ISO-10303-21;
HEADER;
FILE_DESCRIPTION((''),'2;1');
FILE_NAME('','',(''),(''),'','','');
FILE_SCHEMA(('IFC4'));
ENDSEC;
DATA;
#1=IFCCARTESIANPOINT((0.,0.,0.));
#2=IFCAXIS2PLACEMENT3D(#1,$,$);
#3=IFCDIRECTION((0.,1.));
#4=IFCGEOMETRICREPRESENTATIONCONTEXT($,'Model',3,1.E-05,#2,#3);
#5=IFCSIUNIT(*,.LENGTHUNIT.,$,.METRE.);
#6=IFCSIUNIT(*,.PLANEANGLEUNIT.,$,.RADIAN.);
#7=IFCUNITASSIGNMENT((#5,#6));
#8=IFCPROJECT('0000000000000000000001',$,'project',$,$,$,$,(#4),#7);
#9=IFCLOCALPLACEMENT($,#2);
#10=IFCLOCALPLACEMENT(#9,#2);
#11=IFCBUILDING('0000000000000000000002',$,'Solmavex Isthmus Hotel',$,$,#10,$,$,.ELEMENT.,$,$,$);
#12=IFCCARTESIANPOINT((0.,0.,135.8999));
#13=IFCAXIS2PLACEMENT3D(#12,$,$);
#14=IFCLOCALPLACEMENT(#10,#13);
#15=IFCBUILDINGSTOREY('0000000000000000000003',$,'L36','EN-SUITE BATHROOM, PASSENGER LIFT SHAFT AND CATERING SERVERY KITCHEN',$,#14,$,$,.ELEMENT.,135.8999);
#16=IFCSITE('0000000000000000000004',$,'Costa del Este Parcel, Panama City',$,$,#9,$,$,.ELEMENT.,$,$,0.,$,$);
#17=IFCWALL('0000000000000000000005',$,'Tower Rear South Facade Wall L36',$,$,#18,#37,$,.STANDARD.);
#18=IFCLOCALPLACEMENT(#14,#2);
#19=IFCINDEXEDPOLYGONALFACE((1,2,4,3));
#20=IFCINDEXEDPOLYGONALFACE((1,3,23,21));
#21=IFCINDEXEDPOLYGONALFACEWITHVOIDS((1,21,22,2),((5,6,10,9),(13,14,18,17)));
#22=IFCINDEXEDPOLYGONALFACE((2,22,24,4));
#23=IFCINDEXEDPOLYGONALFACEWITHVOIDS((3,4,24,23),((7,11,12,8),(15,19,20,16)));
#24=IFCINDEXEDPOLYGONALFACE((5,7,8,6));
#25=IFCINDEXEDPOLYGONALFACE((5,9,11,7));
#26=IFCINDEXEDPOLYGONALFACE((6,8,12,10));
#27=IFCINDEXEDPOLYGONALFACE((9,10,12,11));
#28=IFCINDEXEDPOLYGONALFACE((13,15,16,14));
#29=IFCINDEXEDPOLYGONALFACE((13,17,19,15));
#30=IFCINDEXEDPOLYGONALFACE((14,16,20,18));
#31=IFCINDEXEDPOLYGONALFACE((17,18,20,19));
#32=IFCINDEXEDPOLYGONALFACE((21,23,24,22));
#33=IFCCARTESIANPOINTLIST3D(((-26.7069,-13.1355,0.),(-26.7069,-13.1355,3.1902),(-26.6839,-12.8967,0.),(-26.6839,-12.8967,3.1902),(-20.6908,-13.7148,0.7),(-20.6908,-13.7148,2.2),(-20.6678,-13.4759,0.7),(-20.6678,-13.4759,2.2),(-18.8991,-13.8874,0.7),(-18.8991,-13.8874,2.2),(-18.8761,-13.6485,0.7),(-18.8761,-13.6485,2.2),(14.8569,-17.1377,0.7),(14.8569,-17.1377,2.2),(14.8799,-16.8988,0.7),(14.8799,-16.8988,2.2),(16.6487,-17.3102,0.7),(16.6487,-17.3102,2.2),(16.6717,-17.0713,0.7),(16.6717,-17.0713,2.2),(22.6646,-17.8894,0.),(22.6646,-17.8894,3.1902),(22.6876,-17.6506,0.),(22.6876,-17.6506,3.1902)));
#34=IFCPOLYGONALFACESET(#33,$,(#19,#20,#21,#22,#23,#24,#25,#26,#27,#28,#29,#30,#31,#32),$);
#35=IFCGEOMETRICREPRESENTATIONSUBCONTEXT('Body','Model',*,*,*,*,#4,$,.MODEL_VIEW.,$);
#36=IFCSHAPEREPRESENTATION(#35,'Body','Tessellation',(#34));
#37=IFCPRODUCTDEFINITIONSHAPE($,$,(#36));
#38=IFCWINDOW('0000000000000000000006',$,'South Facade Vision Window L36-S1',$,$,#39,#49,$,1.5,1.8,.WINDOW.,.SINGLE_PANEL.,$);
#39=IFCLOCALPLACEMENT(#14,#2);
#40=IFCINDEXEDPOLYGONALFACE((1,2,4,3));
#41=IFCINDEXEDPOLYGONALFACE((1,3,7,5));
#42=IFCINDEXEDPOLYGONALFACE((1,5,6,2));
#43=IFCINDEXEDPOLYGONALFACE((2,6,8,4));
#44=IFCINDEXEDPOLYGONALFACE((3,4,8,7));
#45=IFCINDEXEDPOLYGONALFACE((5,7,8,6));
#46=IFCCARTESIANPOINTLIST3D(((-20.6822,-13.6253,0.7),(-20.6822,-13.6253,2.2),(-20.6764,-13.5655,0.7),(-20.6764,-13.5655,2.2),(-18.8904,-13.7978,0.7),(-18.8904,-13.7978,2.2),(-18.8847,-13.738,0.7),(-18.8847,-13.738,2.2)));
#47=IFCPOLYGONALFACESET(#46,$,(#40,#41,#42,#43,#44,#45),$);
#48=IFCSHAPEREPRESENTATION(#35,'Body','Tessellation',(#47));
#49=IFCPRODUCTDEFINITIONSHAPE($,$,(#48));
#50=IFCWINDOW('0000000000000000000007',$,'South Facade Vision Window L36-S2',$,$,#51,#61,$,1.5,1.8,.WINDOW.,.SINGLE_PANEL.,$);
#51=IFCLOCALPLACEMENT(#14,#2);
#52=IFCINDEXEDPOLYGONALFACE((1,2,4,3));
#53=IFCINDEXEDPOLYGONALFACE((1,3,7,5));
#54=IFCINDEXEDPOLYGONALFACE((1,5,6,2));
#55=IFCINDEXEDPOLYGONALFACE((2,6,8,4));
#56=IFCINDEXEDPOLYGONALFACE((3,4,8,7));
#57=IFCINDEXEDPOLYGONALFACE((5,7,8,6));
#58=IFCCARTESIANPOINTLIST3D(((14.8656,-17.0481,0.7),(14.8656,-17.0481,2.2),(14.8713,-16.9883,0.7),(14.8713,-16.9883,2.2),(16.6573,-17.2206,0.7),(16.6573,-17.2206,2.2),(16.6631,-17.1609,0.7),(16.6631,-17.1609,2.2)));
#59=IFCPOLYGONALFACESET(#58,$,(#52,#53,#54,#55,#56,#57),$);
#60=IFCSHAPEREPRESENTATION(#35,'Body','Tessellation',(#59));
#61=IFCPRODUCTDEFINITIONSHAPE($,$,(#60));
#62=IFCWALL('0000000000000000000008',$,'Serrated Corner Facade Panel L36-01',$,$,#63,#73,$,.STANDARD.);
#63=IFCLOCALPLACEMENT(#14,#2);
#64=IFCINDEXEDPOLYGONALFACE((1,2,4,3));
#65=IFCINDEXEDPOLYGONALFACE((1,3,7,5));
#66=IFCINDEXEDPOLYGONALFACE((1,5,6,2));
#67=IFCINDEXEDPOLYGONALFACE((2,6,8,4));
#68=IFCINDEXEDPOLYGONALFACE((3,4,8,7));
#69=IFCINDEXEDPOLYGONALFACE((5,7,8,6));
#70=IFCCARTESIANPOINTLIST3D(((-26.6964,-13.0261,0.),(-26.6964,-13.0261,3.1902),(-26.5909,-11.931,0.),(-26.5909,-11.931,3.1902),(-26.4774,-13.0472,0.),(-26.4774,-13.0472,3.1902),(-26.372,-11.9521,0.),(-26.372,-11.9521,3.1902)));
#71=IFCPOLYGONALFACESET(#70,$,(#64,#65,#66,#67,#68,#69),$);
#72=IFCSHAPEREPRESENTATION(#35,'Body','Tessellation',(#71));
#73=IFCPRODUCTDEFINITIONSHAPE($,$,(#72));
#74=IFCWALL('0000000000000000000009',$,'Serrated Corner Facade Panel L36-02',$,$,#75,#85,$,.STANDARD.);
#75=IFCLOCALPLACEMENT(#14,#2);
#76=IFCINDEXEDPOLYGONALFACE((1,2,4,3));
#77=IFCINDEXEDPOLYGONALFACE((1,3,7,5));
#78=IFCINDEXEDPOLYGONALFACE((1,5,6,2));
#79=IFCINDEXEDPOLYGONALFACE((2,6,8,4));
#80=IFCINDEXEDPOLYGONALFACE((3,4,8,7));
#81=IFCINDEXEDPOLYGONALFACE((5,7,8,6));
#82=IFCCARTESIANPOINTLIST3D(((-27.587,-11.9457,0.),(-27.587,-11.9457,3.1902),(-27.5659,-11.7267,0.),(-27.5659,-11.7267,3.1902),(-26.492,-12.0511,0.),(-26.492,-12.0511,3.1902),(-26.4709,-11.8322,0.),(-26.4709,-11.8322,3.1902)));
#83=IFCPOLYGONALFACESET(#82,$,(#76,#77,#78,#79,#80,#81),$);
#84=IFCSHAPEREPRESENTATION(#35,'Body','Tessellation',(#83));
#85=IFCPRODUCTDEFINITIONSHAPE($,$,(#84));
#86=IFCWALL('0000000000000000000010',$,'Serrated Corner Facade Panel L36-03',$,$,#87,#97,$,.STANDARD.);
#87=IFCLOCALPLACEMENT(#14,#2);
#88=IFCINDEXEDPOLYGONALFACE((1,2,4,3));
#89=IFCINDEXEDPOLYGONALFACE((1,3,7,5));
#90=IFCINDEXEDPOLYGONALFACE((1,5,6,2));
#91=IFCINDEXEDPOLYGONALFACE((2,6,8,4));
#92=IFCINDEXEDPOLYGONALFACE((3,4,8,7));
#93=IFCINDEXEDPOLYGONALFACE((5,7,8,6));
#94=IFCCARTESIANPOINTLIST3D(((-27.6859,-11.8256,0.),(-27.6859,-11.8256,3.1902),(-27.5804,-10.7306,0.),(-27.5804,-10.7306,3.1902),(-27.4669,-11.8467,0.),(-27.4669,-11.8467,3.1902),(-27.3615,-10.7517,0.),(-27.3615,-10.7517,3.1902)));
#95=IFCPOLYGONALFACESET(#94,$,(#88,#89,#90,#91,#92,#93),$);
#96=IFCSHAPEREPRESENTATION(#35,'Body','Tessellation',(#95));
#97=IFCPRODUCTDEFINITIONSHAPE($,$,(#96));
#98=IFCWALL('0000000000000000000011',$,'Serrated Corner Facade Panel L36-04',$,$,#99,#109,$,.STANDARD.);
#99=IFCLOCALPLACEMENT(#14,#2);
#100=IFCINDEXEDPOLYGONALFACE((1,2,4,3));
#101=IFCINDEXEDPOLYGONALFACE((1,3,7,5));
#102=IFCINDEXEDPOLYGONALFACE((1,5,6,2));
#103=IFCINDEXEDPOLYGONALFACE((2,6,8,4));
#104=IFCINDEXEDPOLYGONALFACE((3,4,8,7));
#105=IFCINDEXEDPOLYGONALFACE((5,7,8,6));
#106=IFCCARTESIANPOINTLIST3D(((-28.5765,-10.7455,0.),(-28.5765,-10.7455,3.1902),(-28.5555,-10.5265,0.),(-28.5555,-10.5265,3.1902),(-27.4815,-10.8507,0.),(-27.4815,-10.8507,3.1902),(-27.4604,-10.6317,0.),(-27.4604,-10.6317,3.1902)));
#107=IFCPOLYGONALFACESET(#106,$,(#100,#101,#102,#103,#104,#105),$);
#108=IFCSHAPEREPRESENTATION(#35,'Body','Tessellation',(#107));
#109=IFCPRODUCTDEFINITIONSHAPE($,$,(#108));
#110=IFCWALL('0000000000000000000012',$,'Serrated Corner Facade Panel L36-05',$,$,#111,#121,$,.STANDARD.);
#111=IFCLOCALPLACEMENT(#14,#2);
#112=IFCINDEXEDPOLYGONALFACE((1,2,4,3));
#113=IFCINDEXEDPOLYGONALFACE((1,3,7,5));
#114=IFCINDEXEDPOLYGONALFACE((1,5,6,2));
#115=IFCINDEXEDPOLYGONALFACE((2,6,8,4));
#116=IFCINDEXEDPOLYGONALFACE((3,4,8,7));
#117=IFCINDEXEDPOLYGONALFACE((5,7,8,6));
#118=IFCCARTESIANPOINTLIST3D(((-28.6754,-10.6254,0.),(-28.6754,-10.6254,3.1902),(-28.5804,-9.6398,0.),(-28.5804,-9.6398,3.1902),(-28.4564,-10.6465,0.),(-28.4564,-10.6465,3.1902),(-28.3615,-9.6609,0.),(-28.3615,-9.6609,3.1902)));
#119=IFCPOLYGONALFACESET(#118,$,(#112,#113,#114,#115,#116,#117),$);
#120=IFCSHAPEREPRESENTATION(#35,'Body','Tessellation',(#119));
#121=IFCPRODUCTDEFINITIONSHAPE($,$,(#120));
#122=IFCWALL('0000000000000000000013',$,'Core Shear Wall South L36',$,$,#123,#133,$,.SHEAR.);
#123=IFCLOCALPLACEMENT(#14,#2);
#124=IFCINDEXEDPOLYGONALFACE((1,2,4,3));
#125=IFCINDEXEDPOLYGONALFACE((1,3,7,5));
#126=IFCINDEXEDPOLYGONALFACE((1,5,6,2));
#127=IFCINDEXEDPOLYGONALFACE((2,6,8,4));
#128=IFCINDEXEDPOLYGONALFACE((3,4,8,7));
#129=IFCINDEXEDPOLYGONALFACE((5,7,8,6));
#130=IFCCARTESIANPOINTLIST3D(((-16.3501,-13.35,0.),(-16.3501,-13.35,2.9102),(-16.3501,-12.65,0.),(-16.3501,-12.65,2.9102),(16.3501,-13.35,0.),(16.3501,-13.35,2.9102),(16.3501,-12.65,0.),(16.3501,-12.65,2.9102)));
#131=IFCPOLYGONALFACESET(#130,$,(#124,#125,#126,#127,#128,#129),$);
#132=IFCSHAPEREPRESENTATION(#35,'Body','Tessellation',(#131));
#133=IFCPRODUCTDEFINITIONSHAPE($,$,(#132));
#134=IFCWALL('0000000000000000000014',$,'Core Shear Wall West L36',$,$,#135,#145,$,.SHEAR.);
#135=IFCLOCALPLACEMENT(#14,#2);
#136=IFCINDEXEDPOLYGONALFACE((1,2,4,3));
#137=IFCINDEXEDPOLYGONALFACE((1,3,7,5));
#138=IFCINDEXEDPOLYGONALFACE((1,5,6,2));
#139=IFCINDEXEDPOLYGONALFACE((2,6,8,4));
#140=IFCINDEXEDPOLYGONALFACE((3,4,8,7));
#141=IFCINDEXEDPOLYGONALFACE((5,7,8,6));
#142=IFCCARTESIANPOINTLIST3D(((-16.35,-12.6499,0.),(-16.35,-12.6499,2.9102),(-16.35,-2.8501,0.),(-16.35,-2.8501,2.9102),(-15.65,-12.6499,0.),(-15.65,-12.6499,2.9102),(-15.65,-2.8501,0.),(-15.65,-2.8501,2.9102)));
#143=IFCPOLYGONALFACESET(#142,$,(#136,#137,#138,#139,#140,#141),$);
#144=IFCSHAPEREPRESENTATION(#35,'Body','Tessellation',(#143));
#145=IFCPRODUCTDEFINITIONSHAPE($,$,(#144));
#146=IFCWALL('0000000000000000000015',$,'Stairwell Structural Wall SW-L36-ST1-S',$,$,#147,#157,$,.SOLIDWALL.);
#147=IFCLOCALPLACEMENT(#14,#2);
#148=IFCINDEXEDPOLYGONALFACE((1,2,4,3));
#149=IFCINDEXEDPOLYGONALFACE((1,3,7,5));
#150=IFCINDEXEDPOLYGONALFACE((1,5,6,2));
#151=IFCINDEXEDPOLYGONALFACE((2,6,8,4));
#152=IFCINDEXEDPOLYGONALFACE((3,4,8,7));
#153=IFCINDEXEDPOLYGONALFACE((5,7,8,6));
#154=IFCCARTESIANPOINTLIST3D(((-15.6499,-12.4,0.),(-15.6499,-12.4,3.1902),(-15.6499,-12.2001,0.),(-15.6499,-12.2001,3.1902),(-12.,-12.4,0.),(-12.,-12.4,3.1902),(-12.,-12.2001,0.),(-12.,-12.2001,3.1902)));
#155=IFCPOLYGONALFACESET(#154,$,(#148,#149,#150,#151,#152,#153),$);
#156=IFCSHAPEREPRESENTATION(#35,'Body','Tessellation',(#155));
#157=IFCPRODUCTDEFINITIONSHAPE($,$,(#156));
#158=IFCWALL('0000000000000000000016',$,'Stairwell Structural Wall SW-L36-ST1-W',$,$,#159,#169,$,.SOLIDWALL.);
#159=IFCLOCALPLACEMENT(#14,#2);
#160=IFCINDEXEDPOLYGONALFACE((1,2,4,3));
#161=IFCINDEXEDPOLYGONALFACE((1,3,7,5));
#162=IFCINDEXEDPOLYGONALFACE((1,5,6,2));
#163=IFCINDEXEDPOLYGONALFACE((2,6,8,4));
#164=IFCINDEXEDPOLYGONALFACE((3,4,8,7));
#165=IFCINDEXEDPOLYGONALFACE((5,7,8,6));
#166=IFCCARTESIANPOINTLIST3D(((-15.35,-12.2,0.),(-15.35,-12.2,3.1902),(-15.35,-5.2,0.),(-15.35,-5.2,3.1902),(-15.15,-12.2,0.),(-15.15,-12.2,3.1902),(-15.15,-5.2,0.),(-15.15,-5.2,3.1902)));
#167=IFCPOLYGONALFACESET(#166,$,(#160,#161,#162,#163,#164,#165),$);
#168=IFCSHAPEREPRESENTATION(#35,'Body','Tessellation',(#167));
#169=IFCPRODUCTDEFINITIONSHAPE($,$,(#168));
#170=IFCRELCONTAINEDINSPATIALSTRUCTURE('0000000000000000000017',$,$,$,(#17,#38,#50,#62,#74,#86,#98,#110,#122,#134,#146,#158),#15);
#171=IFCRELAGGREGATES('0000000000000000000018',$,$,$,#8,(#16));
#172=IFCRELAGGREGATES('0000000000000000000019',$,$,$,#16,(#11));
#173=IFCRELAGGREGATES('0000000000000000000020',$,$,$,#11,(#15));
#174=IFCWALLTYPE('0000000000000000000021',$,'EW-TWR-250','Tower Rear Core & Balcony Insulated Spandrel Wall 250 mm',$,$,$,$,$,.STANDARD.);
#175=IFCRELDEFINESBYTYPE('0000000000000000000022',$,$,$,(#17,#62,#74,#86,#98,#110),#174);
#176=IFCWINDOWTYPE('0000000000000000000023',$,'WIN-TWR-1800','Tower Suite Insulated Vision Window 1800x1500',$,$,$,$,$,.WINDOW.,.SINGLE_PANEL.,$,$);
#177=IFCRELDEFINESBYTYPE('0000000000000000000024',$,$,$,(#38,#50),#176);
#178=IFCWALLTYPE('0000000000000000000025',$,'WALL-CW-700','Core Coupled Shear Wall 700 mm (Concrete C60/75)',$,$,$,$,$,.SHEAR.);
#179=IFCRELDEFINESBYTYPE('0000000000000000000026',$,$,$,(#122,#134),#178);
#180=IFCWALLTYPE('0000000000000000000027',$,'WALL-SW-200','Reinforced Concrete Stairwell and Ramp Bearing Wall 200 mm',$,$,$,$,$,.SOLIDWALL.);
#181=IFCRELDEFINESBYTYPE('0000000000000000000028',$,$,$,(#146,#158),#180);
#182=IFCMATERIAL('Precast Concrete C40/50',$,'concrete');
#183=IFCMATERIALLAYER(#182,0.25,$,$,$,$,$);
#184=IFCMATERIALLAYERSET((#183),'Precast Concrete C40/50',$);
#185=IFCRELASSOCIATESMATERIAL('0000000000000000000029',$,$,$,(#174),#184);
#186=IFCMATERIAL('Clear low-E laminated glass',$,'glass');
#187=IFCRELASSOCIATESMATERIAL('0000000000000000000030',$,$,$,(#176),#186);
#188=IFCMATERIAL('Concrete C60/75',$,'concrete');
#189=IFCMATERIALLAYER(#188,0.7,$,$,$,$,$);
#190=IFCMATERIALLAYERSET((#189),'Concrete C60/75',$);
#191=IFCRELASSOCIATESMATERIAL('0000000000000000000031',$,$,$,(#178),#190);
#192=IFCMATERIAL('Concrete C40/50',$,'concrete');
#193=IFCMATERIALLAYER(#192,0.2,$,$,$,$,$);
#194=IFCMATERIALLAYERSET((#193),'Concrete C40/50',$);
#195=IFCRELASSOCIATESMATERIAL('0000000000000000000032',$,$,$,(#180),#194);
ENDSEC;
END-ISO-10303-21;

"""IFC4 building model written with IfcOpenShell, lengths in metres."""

from ifc_helpers import new_model, si_unit, direction, frame, frame_2d, origin, place, context, subcontext, project, spatial, rectangle, extrude, material, layer, layer_set, type_object, element, fill, save


model = new_model("IFC4")

# Units and contexts
model_context = context("Model", 3, precision=1e-05, world=origin(), true_north=direction((0.0, 1.0)))
body_context = subcontext(model_context, "Body", "Model", "MODEL_VIEW")
ifc_project = project(units=[si_unit("LENGTHUNIT", "METRE"), si_unit("PLANEANGLEUNIT", "RADIAN")], contexts=[model_context])

# Site, building, storey
site_placement = place(None, origin())
site = spatial("IfcSite", under=ifc_project, at=site_placement, Name="Costa del Este Parcel, Panama City", CompositionType="ELEMENT", RefElevation=0.0)
building_placement = place(site_placement, origin())
building = spatial("IfcBuilding", under=site, at=building_placement, Name="Solmavex Isthmus Hotel", CompositionType="ELEMENT")
storey_placement = place(building_placement, frame((0.0, 0.0, 135.8999)))
storey = spatial("IfcBuildingStorey", under=building, at=storey_placement, Name="L36", Description="EN-SUITE BATHROOM, PASSENGER LIFT SHAFT AND CATERING SERVERY KITCHEN", CompositionType="ELEMENT", Elevation=135.8999)

# Shared definitions
ifc_material_1 = material(Name="Concrete C60/75", Category="concrete")

# Wall, openings, windows
ifc_material_2 = material(Name="Precast Concrete C40/50", Category="concrete")
ifc_layer_1 = layer(ifc_material_2, 0.25)
ifc_layer_set_1 = layer_set([ifc_layer_1], Name="Precast Concrete C40/50")
wall_type_1 = type_object("IfcWallType", Name="EW-TWR-250", Description="Tower Rear Core & Balcony Insulated Spandrel Wall 250 mm", PredefinedType="STANDARD", material=ifc_layer_set_1)
wall_1_placement = place(storey_placement, frame((-26.6953, -13.0161, 0.0), z_axis=(0.0, 0.0, 1.0), x_axis=(0.995396, -0.095845, 0.0)))
wall_1 = element("IfcWall", 1, at=wall_1_placement, inside=storey, type_object=wall_type_1, Name="Tower Rear South Facade Wall L36", PredefinedType="STANDARD", context=body_context, shape_type="SweptSolid", body=[
    extrude(rectangle(XDim=49.5999, YDim=0.24, at=frame_2d((24.7998, 0.0))), origin(), (0.0, 0.0, 1.0), 3.1902),
])
opening_1_placement = place(wall_1_placement, frame((6.0439, 0.0, 0.7)))
opening_1 = element("IfcOpeningElement", 2, at=opening_1_placement, cuts=wall_1, PredefinedType="OPENING", context=body_context, shape_type="SweptSolid", body=[
    extrude(rectangle(XDim=1.8, YDim=1.5, at=frame_2d((0.8999, 0.75))), frame((0.0, 0.1299, 0.0), z_axis=(0.0, -1.0, 0.0), x_axis=(1.0, 0.0, 0.0)), (0.0, 0.0, 1.0), 0.26),
])
opening_2_placement = place(wall_1_placement, frame((41.7561, 0.0, 0.7)))
opening_2 = element("IfcOpeningElement", 3, at=opening_2_placement, cuts=wall_1, PredefinedType="OPENING", context=body_context, shape_type="SweptSolid", body=[
    extrude(rectangle(XDim=1.8, YDim=1.5, at=frame_2d((0.8999, 0.75))), frame((0.0, 0.1299, 0.0), z_axis=(0.0, -1.0, 0.0), x_axis=(1.0, 0.0, 0.0)), (0.0, 0.0, 1.0), 0.26),
])
ifc_material_3 = material(Name="Clear low-E laminated glass", Category="glass")
window_type = type_object("IfcWindowType", Name="WIN-TWR-1800", Description="Tower Suite Insulated Vision Window 1800x1500", PartitioningType="SINGLE_PANEL", PredefinedType="WINDOW", material=ifc_material_3)
window_1_placement = place(opening_1_placement, origin())
window_1 = element("IfcWindow", 4, at=window_1_placement, inside=storey, type_object=window_type, Name="South Facade Vision Window L36-S1", OverallHeight=1.5, OverallWidth=1.8, PartitioningType="SINGLE_PANEL", PredefinedType="WINDOW", context=body_context, shape_type="SweptSolid", body=[
    extrude(rectangle(XDim=1.8, YDim=1.5, at=frame_2d((0.8999, 0.75))), frame((0.0, 0.03, 0.0), z_axis=(0.0, -1.0, 0.0), x_axis=(1.0, 0.0, 0.0)), (0.0, 0.0, 1.0), 0.0601),
])
fill(opening_1, window_1)
window_2_placement = place(opening_2_placement, origin())
window_2 = element("IfcWindow", 5, at=window_2_placement, inside=storey, type_object=window_type, Name="South Facade Vision Window L36-S2", OverallHeight=1.5, OverallWidth=1.8, PartitioningType="SINGLE_PANEL", PredefinedType="WINDOW", context=body_context, shape_type="SweptSolid", body=[
    extrude(rectangle(XDim=1.8, YDim=1.5, at=frame_2d((0.8999, 0.75))), frame((0.0, 0.03, 0.0), z_axis=(0.0, -1.0, 0.0), x_axis=(1.0, 0.0, 0.0)), (0.0, 0.0, 1.0), 0.0601),
])
fill(opening_2, window_2)

# Walls
for number, where, z_axis, x_axis, name in (
    (6, (-26.5869, -13.0366, 0.0), (0.0, 0.0, 1.0), (0.095877, 0.995393, 0.0), "Serrated Corner Facade Panel L36-01"),
    (7, (-26.4814, -11.9417, 0.0), (0.0, 0.0, 1.0), (-0.995393, 0.095877, 0.0), "Serrated Corner Facade Panel L36-02"),
    (8, (-27.5764, -11.8362, 0.0), (0.0, 0.0, 1.0), (0.095877, 0.995393, 0.0), "Serrated Corner Facade Panel L36-03"),
    (9, (-27.4709, -10.7412, 0.0), (0.0, 0.0, 1.0), (-0.995414, 0.095657, 0.0), "Serrated Corner Facade Panel L36-04"),
):
    element("IfcWall", number, at=place(storey_placement, frame(where, z_axis=z_axis, x_axis=x_axis)), inside=storey, type_object=wall_type_1, Name=name, PredefinedType="STANDARD", context=body_context, shape_type="SweptSolid", body=[
        extrude(rectangle(XDim=1.1001, YDim=0.22, at=frame_2d((0.55, 0.0))), origin(), (0.0, 0.0, 1.0), 3.1902),
    ])
wall_2_placement = place(storey_placement, frame((-28.5659, -10.636, 0.0), z_axis=(0.0, 0.0, 1.0), x_axis=(0.095914, 0.99539, 0.0)))
element("IfcWall", 10, at=wall_2_placement, inside=storey, type_object=wall_type_1, Name="Serrated Corner Facade Panel L36-05", PredefinedType="STANDARD", context=body_context, shape_type="SweptSolid", body=[
    extrude(rectangle(XDim=0.9902, YDim=0.22, at=frame_2d((0.4951, 0.0))), origin(), (0.0, 0.0, 1.0), 3.1902),
])
ifc_layer_2 = layer(ifc_material_1, 0.7)
ifc_layer_set_2 = layer_set([ifc_layer_2], Name="Concrete C60/75")
wall_type_2 = type_object("IfcWallType", Name="WALL-CW-700", Description="Core Coupled Shear Wall 700 mm (Concrete C60/75)", PredefinedType="SHEAR", material=ifc_layer_set_2)
wall_3_placement = place(storey_placement, frame((-16.3501, -13.0, 0.0), z_axis=(0.0, 0.0, 1.0), x_axis=(1.0, 0.0, 0.0)))
element("IfcWall", 11, at=wall_3_placement, inside=storey, type_object=wall_type_2, Name="Core Shear Wall South L36", PredefinedType="SHEAR", context=body_context, shape_type="SweptSolid", body=[
    extrude(rectangle(XDim=32.7002, YDim=0.7, at=frame_2d((16.3501, 0.0))), origin(), (0.0, 0.0, 1.0), 2.9102),
])
wall_4_placement = place(storey_placement, frame((-16.0, -12.6499, 0.0), z_axis=(0.0, 0.0, 1.0), x_axis=(0.0, 1.0, 0.0)))
element("IfcWall", 12, at=wall_4_placement, inside=storey, type_object=wall_type_2, Name="Core Shear Wall West L36", PredefinedType="SHEAR", context=body_context, shape_type="SweptSolid", body=[
    extrude(rectangle(XDim=9.7998, YDim=0.7, at=frame_2d((4.8999, 0.0))), origin(), (0.0, 0.0, 1.0), 2.9102),
])
ifc_material_4 = material(Name="Concrete C40/50", Category="concrete")
ifc_layer_3 = layer(ifc_material_4, 0.2)
ifc_layer_set_3 = layer_set([ifc_layer_3], Name="Concrete C40/50")
wall_type_3 = type_object("IfcWallType", Name="WALL-SW-200", Description="Reinforced Concrete Stairwell and Ramp Bearing Wall 200 mm", PredefinedType="SOLIDWALL", material=ifc_layer_set_3)
wall_5_placement = place(storey_placement, frame((-15.6499, -12.3, 0.0), z_axis=(0.0, 0.0, 1.0), x_axis=(1.0, 0.0, 0.0)))
element("IfcWall", 13, at=wall_5_placement, inside=storey, type_object=wall_type_3, Name="Stairwell Structural Wall SW-L36-ST1-S", PredefinedType="SOLIDWALL", context=body_context, shape_type="SweptSolid", body=[
    extrude(rectangle(XDim=3.6499, YDim=0.2, at=frame_2d((1.825, 0.0))), origin(), (0.0, 0.0, 1.0), 3.1902),
])
wall_6_placement = place(storey_placement, frame((-15.25, -12.2, 0.0), z_axis=(0.0, 0.0, 1.0), x_axis=(0.0, 1.0, 0.0)))
element("IfcWall", 14, at=wall_6_placement, inside=storey, type_object=wall_type_3, Name="Stairwell Structural Wall SW-L36-ST1-W", PredefinedType="SOLIDWALL", context=body_context, shape_type="SweptSolid", body=[
    extrude(rectangle(XDim=7.0, YDim=0.2, at=frame_2d((3.5, 0.0))), origin(), (0.0, 0.0, 1.0), 3.1902),
])

save(model, "model.ifc")
